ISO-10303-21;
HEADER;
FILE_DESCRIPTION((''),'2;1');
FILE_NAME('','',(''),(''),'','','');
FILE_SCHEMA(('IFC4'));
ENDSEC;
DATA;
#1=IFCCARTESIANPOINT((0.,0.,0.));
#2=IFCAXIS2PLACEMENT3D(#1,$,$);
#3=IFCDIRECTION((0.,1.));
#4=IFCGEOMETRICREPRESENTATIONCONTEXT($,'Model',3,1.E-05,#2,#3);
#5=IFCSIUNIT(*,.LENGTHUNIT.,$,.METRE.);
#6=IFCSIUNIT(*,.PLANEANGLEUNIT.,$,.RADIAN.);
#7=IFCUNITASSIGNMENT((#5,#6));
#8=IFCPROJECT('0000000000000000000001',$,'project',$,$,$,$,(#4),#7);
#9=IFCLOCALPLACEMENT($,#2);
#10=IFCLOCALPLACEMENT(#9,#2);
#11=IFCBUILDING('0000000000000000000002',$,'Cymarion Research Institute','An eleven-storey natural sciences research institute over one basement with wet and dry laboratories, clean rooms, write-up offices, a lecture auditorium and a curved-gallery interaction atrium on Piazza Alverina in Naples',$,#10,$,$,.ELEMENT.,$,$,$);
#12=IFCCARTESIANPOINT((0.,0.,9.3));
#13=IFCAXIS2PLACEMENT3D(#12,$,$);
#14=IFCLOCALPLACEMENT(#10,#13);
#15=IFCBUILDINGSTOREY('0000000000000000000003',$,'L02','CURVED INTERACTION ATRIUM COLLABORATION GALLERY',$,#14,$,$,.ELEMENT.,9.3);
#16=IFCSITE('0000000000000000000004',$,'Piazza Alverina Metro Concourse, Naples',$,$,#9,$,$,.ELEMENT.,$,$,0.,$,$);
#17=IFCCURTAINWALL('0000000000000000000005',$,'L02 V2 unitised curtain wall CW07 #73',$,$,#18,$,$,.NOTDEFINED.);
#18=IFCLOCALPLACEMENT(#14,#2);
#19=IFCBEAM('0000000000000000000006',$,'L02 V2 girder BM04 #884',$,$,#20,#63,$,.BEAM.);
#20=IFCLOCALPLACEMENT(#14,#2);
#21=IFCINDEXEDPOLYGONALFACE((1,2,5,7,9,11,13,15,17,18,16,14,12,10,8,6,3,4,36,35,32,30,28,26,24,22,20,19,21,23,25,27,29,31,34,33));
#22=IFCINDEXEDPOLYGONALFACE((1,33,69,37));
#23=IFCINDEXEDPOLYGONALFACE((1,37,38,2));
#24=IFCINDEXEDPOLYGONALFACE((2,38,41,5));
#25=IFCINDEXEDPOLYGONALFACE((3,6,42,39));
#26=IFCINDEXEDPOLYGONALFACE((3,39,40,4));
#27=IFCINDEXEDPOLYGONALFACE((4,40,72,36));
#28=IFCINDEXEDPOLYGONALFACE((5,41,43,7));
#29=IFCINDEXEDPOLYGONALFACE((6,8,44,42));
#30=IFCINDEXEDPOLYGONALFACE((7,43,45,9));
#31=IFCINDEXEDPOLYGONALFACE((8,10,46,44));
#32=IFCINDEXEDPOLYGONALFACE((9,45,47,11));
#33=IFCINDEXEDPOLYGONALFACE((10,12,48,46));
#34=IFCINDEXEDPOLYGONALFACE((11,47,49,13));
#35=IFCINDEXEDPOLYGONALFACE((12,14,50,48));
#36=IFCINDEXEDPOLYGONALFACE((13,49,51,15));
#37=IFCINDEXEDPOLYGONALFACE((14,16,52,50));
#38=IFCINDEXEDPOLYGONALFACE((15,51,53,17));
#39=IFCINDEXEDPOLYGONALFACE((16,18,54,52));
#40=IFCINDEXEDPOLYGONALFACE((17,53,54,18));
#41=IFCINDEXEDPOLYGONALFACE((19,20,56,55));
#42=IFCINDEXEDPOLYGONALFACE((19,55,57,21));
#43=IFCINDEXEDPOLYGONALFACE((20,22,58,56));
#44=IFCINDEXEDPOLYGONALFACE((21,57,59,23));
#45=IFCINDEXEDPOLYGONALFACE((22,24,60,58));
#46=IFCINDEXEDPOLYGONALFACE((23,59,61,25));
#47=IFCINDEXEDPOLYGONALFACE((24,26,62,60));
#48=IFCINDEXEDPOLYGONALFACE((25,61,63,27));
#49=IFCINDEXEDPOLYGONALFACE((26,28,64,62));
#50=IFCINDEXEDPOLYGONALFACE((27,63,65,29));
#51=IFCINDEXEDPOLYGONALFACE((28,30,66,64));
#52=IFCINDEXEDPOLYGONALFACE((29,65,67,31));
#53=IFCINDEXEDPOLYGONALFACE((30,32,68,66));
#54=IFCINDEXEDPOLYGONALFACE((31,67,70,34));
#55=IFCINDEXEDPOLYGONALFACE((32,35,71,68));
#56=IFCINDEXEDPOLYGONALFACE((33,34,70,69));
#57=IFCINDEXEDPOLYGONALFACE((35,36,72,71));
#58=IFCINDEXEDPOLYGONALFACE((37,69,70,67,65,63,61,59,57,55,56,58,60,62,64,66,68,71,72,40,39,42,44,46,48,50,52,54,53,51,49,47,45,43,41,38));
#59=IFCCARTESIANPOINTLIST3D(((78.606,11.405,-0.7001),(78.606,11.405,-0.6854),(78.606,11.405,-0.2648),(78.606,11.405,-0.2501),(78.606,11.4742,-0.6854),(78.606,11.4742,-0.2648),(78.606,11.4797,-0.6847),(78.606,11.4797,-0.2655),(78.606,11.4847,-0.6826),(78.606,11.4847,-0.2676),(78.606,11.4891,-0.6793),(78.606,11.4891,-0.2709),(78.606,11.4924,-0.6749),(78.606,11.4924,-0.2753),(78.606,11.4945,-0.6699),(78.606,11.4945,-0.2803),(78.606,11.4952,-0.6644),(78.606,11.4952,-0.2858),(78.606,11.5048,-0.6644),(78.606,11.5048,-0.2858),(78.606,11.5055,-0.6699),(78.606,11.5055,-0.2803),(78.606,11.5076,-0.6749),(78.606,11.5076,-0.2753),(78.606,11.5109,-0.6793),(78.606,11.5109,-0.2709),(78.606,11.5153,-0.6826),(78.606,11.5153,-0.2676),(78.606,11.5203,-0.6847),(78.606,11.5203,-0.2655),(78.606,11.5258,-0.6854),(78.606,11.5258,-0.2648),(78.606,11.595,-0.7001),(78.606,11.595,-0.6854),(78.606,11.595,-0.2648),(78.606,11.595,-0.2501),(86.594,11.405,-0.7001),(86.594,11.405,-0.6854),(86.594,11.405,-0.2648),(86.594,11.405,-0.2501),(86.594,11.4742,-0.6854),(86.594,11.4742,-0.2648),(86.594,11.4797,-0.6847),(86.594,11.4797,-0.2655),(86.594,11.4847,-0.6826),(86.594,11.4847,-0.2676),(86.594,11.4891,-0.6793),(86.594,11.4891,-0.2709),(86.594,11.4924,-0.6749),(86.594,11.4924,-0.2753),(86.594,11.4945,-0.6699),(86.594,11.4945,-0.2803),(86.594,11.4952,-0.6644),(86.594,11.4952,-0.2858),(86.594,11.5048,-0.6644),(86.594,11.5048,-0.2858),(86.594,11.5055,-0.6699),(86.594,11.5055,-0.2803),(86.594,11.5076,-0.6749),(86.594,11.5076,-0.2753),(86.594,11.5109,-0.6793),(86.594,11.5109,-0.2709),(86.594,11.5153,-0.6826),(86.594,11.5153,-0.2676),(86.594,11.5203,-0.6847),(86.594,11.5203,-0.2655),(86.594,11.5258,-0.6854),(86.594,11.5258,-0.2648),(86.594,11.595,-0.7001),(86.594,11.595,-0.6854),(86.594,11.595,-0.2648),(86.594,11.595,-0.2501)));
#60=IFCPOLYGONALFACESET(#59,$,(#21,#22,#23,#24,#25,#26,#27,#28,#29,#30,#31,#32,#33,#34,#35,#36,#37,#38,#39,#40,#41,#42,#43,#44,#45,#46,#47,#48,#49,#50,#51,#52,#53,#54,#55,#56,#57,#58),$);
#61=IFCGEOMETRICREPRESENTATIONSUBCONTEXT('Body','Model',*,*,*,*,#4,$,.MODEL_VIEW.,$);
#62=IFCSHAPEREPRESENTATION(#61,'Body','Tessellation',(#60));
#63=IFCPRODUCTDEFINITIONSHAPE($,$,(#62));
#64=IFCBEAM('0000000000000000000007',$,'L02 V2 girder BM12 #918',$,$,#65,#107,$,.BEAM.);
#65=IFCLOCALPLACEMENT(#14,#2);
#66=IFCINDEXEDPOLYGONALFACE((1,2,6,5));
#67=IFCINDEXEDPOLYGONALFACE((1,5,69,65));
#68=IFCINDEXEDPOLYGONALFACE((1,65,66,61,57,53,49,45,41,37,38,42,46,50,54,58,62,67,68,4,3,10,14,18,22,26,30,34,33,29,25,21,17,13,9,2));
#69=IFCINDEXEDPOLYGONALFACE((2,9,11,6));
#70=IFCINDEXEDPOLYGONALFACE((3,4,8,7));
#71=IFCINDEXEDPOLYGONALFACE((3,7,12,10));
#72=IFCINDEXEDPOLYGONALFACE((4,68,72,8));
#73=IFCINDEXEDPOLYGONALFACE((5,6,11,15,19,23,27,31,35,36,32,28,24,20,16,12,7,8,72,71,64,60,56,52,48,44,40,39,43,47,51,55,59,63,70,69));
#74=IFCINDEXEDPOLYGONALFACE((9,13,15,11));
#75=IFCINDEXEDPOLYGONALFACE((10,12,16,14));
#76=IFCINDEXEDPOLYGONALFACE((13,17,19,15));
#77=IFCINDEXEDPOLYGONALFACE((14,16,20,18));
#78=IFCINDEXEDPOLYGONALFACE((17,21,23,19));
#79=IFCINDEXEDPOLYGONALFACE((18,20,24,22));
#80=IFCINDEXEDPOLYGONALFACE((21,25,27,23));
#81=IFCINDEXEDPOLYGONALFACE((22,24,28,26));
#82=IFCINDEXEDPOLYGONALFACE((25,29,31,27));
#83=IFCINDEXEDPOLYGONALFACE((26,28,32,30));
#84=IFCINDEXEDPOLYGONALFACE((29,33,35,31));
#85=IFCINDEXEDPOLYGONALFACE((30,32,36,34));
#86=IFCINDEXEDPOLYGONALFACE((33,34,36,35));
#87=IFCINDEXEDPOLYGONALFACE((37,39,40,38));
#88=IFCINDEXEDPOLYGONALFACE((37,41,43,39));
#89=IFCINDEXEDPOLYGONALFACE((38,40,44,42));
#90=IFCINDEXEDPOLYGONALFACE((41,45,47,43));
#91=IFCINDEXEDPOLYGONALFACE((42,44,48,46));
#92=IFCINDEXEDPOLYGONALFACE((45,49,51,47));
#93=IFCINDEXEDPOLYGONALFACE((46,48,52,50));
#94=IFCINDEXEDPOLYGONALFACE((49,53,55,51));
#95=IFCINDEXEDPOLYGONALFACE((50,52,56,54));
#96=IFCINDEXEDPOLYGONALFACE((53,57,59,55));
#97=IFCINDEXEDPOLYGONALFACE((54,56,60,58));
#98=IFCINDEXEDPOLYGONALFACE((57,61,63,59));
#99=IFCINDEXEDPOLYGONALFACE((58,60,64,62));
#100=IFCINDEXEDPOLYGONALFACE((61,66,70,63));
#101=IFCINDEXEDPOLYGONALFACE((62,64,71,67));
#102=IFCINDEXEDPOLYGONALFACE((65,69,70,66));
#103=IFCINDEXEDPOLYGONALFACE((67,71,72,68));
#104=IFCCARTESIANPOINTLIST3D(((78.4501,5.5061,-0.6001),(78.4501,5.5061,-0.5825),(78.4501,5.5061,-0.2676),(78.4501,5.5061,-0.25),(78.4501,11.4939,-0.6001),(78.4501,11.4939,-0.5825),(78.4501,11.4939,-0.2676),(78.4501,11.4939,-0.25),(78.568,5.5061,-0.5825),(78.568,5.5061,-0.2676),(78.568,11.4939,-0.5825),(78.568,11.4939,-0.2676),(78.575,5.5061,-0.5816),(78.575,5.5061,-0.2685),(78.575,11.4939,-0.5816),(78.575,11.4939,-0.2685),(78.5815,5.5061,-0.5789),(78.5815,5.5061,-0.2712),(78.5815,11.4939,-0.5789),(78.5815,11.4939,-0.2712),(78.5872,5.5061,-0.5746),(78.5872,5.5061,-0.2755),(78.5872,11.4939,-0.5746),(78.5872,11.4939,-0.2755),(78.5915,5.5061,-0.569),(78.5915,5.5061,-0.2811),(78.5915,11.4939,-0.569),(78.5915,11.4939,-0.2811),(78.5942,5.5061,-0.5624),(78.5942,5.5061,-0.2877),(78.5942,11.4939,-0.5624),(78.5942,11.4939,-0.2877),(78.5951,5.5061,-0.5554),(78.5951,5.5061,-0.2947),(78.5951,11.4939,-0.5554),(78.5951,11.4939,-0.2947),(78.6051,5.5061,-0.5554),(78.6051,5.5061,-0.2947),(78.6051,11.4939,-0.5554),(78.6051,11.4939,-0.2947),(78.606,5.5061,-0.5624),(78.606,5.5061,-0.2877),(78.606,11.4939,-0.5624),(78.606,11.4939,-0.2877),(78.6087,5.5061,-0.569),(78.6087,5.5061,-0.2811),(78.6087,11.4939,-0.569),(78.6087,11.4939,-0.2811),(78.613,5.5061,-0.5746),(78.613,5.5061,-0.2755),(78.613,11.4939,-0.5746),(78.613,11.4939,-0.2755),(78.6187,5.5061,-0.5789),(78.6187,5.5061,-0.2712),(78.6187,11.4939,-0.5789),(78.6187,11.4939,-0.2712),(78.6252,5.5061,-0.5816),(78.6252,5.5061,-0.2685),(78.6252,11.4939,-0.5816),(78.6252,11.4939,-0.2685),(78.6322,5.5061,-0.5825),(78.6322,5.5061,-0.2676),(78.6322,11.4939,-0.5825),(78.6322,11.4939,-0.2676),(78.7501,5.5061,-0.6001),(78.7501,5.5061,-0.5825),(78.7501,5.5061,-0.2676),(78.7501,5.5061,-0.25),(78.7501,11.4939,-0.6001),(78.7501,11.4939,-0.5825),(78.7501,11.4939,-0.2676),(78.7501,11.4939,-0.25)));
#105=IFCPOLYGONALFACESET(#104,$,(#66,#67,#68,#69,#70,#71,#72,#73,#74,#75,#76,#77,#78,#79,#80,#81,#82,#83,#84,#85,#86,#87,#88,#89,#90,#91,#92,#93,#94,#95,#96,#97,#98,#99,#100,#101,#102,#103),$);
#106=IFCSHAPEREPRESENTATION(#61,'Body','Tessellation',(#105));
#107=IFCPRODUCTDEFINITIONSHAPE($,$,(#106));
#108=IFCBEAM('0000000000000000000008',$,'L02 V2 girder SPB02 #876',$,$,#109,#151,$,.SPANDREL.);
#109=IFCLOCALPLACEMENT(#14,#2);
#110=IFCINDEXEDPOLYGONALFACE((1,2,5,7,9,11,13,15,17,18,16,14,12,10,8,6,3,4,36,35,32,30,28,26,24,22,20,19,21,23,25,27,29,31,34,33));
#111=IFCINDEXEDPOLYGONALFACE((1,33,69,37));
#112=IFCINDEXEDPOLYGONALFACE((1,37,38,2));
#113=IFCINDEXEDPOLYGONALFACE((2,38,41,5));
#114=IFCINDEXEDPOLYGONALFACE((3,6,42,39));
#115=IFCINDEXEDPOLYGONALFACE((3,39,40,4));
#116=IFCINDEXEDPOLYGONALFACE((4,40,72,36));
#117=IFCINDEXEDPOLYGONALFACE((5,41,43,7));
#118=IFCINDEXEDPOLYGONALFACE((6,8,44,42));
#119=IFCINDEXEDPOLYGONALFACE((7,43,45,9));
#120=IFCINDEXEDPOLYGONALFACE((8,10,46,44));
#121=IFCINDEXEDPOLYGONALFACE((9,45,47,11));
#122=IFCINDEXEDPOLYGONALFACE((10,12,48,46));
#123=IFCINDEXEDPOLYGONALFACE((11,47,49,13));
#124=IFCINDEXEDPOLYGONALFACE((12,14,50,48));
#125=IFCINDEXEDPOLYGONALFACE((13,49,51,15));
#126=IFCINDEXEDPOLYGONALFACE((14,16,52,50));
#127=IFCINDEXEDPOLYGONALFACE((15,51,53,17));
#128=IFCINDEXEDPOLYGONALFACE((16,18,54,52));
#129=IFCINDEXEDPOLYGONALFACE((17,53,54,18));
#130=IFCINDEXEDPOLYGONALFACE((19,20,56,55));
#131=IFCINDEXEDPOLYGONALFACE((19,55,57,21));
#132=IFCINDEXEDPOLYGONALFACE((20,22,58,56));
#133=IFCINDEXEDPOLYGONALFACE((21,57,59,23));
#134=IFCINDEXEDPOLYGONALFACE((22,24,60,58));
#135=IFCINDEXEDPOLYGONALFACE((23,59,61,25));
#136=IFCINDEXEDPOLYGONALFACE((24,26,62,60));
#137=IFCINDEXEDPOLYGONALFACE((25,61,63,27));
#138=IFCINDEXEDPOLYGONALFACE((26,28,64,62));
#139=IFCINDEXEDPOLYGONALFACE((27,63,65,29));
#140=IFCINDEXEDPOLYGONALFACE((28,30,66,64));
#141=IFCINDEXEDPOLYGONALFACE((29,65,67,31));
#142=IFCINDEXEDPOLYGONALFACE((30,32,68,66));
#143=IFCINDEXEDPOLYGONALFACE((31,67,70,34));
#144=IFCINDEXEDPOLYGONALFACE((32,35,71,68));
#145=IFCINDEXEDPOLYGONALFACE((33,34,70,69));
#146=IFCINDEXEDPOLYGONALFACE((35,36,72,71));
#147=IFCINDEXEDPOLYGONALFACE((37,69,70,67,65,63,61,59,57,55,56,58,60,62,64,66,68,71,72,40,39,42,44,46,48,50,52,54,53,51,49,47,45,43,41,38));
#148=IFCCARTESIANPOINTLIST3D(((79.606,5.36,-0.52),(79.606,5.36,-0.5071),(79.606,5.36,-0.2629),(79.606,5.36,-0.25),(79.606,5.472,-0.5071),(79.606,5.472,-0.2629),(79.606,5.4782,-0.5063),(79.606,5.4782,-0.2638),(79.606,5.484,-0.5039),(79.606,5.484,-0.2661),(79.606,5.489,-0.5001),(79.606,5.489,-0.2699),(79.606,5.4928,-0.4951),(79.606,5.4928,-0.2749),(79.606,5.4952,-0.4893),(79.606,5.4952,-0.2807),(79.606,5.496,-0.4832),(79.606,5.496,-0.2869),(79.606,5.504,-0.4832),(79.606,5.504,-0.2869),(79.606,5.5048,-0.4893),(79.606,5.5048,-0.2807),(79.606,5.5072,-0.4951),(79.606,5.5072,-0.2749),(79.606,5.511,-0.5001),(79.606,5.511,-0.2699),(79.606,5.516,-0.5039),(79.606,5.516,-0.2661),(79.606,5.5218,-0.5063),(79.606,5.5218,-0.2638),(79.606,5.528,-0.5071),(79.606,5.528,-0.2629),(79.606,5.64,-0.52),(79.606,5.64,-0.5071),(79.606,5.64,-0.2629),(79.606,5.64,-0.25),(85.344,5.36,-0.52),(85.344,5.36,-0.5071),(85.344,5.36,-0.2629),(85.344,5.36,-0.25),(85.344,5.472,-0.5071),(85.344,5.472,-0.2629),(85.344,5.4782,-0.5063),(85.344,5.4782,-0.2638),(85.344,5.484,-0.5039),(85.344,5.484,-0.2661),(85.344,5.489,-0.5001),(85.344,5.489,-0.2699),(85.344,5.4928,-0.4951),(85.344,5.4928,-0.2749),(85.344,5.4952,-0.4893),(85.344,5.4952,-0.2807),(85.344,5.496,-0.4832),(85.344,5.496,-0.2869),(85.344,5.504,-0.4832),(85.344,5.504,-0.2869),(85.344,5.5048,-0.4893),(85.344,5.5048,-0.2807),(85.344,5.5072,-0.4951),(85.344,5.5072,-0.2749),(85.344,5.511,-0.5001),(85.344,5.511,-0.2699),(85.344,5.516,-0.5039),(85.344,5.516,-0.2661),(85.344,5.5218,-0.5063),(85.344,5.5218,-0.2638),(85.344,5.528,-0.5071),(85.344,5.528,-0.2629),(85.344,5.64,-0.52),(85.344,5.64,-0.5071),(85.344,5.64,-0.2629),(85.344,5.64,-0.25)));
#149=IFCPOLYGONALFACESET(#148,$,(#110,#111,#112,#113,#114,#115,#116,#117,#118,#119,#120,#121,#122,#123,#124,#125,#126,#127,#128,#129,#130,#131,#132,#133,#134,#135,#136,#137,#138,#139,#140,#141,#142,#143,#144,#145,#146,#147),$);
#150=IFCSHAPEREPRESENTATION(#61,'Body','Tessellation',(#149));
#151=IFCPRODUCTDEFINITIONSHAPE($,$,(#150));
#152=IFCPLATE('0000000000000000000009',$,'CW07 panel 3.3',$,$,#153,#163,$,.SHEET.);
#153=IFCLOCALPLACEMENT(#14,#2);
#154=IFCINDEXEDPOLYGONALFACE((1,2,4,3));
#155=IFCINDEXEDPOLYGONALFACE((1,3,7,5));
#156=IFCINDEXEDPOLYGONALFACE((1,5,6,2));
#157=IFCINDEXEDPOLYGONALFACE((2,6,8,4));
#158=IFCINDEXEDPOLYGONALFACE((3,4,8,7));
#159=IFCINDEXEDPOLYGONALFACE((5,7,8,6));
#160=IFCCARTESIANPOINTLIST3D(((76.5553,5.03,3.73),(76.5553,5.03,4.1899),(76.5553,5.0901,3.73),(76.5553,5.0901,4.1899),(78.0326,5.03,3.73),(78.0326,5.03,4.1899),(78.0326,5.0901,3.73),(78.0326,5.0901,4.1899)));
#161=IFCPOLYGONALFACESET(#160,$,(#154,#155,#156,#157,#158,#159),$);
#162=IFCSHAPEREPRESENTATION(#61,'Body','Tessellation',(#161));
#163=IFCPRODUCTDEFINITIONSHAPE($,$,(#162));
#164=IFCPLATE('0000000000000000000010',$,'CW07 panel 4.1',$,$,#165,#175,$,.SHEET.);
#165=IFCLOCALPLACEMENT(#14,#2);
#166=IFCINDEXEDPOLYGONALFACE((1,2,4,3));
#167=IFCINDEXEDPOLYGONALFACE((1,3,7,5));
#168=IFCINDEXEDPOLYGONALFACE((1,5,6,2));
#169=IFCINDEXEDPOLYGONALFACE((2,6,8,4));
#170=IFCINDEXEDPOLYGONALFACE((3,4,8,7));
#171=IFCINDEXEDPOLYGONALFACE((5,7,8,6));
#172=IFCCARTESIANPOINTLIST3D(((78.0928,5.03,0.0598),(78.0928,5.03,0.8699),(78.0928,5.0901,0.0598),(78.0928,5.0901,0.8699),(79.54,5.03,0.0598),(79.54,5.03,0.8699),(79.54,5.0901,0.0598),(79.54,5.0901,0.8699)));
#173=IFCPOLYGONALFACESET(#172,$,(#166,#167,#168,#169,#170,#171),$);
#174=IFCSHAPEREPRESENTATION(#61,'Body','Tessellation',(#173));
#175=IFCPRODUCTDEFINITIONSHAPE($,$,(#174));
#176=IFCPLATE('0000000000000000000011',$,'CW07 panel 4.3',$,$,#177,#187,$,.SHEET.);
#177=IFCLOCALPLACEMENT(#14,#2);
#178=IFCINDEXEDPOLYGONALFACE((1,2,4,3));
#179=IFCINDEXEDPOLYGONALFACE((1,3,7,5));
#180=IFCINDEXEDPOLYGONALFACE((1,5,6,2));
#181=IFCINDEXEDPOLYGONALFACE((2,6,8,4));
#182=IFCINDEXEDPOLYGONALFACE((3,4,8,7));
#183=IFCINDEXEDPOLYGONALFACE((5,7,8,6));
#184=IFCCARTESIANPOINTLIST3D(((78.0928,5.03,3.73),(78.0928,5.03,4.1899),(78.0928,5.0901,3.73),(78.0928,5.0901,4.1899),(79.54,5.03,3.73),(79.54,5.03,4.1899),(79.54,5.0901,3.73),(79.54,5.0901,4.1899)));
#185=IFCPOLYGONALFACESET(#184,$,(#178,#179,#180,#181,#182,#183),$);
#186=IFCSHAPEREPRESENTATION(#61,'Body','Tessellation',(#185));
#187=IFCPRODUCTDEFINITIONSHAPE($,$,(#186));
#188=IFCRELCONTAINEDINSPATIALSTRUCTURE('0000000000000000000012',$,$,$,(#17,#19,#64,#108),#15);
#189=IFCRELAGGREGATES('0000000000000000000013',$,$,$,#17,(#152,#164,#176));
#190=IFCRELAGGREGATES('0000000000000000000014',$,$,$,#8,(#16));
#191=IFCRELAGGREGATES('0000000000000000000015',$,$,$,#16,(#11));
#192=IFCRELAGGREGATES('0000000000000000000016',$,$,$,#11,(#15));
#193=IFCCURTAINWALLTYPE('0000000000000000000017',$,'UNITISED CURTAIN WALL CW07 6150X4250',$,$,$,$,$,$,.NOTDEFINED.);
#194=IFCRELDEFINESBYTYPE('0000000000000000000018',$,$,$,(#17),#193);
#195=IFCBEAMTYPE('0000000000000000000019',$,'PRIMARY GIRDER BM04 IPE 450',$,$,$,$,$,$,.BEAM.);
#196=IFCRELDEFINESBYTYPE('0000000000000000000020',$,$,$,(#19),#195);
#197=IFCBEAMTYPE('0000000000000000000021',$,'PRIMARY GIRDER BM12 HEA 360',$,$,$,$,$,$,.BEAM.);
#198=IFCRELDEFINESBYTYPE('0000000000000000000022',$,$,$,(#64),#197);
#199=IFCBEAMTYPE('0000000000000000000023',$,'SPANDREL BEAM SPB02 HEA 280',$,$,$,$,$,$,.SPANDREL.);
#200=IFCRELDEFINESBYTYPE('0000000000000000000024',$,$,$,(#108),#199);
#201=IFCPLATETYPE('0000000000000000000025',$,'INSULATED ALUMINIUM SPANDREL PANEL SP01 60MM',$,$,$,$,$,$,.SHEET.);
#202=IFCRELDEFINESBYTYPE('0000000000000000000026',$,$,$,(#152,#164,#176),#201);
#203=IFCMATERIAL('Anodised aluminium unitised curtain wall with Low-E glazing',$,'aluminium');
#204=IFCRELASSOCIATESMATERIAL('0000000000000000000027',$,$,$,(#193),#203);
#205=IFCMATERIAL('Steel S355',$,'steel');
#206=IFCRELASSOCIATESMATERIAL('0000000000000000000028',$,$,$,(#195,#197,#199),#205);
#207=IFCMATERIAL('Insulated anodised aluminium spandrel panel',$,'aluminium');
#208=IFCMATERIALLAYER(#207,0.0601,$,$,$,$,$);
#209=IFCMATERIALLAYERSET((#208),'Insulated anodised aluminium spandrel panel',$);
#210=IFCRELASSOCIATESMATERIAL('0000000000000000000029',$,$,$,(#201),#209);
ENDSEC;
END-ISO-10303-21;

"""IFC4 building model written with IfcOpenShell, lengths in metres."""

from ifc_helpers import new_model, si_unit, direction, frame, origin, origin_2d, place, context, subcontext, project, spatial, rectangle, i_section, extrude, material, layer, layer_set, material_profile, profile_set, type_object, element, aggregate, save


model = new_model("IFC4")

# Units and contexts
model_context = context("Model", 3, precision=1e-05, world=origin(), true_north=direction((0.0, 1.0)))
body_context = subcontext(model_context, "Body", "Model", "MODEL_VIEW")
ifc_project = project(units=[si_unit("LENGTHUNIT", "METRE"), si_unit("PLANEANGLEUNIT", "RADIAN")], contexts=[model_context])

# Site, building, storey
site_placement = place(None, origin())
site = spatial("IfcSite", under=ifc_project, at=site_placement, Name="Piazza Alverina Metro Concourse, Naples", CompositionType="ELEMENT", RefElevation=0.0)
building_placement = place(site_placement, origin())
building = spatial("IfcBuilding", under=site, at=building_placement, Name="Cymarion Research Institute", Description="An eleven-storey natural sciences research institute over one basement with wet and dry laboratories, clean rooms, write-up offices, a lecture auditorium and a curved-gallery interaction atrium on Piazza Alverina in Naples", CompositionType="ELEMENT")
storey_placement = place(building_placement, frame((0.0, 0.0, 9.3)))
storey = spatial("IfcBuildingStorey", under=building, at=storey_placement, Name="L02", Description="CURVED INTERACTION ATRIUM COLLABORATION GALLERY", CompositionType="ELEMENT", Elevation=9.3)

# Shared definitions
ifc_material_1 = material(Name="Steel S355", Category="steel")

# Curtain wall
ifc_material_2 = material(Name="Anodised aluminium unitised curtain wall with Low-E glazing", Category="aluminium")
curtain_wall_type = type_object("IfcCurtainWallType", Name="UNITISED CURTAIN WALL CW07 6150X4250", PredefinedType="NOTDEFINED", material=ifc_material_2)
curtain_wall_1_placement = place(storey_placement, origin())
curtain_wall_1 = element("IfcCurtainWall", 1, at=curtain_wall_1_placement, inside=storey, type_object=curtain_wall_type, Name="L02 V2 unitised curtain wall CW07 #73", PredefinedType="NOTDEFINED")

# Beams
ifc_material_profile_1 = material_profile(ifc_material_1, i_section(OverallWidth=0.1899, OverallDepth=0.45, WebThickness=0.0095, FlangeThickness=0.0146, FilletRadius=0.021, at=origin_2d()), Name="IPE 450")
ifc_profile_set_1 = profile_set([ifc_material_profile_1], Name="Steel S355")
beam_type_1 = type_object("IfcBeamType", Name="PRIMARY GIRDER BM04 IPE 450", PredefinedType="BEAM", material=ifc_profile_set_1)
beam_1_placement = place(storey_placement, frame((78.606, 11.5, -0.4751), z_axis=(1.0, 0.0, 0.0), x_axis=(0.0, 1.0, 0.0)))
element("IfcBeam", 2, at=beam_1_placement, inside=storey, type_object=beam_type_1, Name="L02 V2 girder BM04 #884", PredefinedType="BEAM", context=body_context, shape_type="SweptSolid", body=[
    extrude(i_section(OverallWidth=0.1899, OverallDepth=0.45, WebThickness=0.0095, FlangeThickness=0.0146, FilletRadius=0.021, at=origin_2d()), origin(), (0.0, 0.0, 1.0), 7.988),
])
ifc_material_profile_2 = material_profile(ifc_material_1, i_section(OverallWidth=0.3, OverallDepth=0.3501, WebThickness=0.01, FlangeThickness=0.0176, FilletRadius=0.0271, at=origin_2d()), Name="HEA 360")
ifc_profile_set_2 = profile_set([ifc_material_profile_2], Name="Steel S355")
beam_type_2 = type_object("IfcBeamType", Name="PRIMARY GIRDER BM12 HEA 360", PredefinedType="BEAM", material=ifc_profile_set_2)
beam_2_placement = place(storey_placement, frame((78.6001, 5.5061, -0.425), z_axis=(0.0, 1.0, 0.0), x_axis=(-1.0, 0.0, 0.0)))
element("IfcBeam", 3, at=beam_2_placement, inside=storey, type_object=beam_type_2, Name="L02 V2 girder BM12 #918", PredefinedType="BEAM", context=body_context, shape_type="SweptSolid", body=[
    extrude(i_section(OverallWidth=0.3, OverallDepth=0.3501, WebThickness=0.01, FlangeThickness=0.0176, FilletRadius=0.0271, at=origin_2d()), origin(), (0.0, 0.0, 1.0), 5.9878),
])
ifc_material_profile_3 = material_profile(ifc_material_1, i_section(OverallWidth=0.28, OverallDepth=0.27, WebThickness=0.0081, FlangeThickness=0.0129, FilletRadius=0.0239, at=origin_2d()), Name="HEA 280")
ifc_profile_set_3 = profile_set([ifc_material_profile_3], Name="Steel S355")
beam_type_3 = type_object("IfcBeamType", Name="SPANDREL BEAM SPB02 HEA 280", PredefinedType="SPANDREL", material=ifc_profile_set_3)
beam_3_placement = place(storey_placement, frame((79.606, 5.5, -0.385), z_axis=(1.0, 0.0, 0.0), x_axis=(0.0, 1.0, 0.0)))
element("IfcBeam", 4, at=beam_3_placement, inside=storey, type_object=beam_type_3, Name="L02 V2 girder SPB02 #876", PredefinedType="SPANDREL", context=body_context, shape_type="SweptSolid", body=[
    extrude(i_section(OverallWidth=0.28, OverallDepth=0.27, WebThickness=0.0081, FlangeThickness=0.0129, FilletRadius=0.0239, at=origin_2d()), origin(), (0.0, 0.0, 1.0), 5.738),
])

# Plates
ifc_material_3 = material(Name="Insulated anodised aluminium spandrel panel", Category="aluminium")
ifc_layer_1 = layer(ifc_material_3, 0.0601)
ifc_layer_set_1 = layer_set([ifc_layer_1], Name="Insulated anodised aluminium spandrel panel")
plate_type_1 = type_object("IfcPlateType", Name="INSULATED ALUMINIUM SPANDREL PANEL SP01 60MM", PredefinedType="SHEET", material=ifc_layer_set_1)
plate_1_placement = place(storey_placement, frame((77.2939, 5.0601, 3.73), z_axis=(0.0, 0.0, 1.0), x_axis=(1.0, 0.0, 0.0)))
plate_1 = element("IfcPlate", 5, at=plate_1_placement, type_object=plate_type_1, Name="CW07 panel 3.3", PredefinedType="SHEET", context=body_context, shape_type="SweptSolid", body=[
    extrude(rectangle(XDim=1.4773, YDim=0.0601, at=origin_2d()), origin(), (0.0, 0.0, 1.0), 0.46),
])
plate_2_placement = place(storey_placement, frame((78.8164, 5.0601, 0.0598), z_axis=(0.0, 0.0, 1.0), x_axis=(1.0, 0.0, 0.0)))
plate_2 = element("IfcPlate", 6, at=plate_2_placement, type_object=plate_type_1, Name="CW07 panel 4.1", PredefinedType="SHEET", context=body_context, shape_type="SweptSolid", body=[
    extrude(rectangle(XDim=1.4473, YDim=0.0601, at=origin_2d()), origin(), (0.0, 0.0, 1.0), 0.8101),
])
plate_3_placement = place(storey_placement, frame((78.8164, 5.0601, 3.73), z_axis=(0.0, 0.0, 1.0), x_axis=(1.0, 0.0, 0.0)))
plate_3 = element("IfcPlate", 7, at=plate_3_placement, type_object=plate_type_1, Name="CW07 panel 4.3", PredefinedType="SHEET", context=body_context, shape_type="SweptSolid", body=[
    extrude(rectangle(XDim=1.4473, YDim=0.0601, at=origin_2d()), origin(), (0.0, 0.0, 1.0), 0.46),
])
aggregate(curtain_wall_1, [plate_1, plate_2, plate_3])

save(model, "model.ifc")
